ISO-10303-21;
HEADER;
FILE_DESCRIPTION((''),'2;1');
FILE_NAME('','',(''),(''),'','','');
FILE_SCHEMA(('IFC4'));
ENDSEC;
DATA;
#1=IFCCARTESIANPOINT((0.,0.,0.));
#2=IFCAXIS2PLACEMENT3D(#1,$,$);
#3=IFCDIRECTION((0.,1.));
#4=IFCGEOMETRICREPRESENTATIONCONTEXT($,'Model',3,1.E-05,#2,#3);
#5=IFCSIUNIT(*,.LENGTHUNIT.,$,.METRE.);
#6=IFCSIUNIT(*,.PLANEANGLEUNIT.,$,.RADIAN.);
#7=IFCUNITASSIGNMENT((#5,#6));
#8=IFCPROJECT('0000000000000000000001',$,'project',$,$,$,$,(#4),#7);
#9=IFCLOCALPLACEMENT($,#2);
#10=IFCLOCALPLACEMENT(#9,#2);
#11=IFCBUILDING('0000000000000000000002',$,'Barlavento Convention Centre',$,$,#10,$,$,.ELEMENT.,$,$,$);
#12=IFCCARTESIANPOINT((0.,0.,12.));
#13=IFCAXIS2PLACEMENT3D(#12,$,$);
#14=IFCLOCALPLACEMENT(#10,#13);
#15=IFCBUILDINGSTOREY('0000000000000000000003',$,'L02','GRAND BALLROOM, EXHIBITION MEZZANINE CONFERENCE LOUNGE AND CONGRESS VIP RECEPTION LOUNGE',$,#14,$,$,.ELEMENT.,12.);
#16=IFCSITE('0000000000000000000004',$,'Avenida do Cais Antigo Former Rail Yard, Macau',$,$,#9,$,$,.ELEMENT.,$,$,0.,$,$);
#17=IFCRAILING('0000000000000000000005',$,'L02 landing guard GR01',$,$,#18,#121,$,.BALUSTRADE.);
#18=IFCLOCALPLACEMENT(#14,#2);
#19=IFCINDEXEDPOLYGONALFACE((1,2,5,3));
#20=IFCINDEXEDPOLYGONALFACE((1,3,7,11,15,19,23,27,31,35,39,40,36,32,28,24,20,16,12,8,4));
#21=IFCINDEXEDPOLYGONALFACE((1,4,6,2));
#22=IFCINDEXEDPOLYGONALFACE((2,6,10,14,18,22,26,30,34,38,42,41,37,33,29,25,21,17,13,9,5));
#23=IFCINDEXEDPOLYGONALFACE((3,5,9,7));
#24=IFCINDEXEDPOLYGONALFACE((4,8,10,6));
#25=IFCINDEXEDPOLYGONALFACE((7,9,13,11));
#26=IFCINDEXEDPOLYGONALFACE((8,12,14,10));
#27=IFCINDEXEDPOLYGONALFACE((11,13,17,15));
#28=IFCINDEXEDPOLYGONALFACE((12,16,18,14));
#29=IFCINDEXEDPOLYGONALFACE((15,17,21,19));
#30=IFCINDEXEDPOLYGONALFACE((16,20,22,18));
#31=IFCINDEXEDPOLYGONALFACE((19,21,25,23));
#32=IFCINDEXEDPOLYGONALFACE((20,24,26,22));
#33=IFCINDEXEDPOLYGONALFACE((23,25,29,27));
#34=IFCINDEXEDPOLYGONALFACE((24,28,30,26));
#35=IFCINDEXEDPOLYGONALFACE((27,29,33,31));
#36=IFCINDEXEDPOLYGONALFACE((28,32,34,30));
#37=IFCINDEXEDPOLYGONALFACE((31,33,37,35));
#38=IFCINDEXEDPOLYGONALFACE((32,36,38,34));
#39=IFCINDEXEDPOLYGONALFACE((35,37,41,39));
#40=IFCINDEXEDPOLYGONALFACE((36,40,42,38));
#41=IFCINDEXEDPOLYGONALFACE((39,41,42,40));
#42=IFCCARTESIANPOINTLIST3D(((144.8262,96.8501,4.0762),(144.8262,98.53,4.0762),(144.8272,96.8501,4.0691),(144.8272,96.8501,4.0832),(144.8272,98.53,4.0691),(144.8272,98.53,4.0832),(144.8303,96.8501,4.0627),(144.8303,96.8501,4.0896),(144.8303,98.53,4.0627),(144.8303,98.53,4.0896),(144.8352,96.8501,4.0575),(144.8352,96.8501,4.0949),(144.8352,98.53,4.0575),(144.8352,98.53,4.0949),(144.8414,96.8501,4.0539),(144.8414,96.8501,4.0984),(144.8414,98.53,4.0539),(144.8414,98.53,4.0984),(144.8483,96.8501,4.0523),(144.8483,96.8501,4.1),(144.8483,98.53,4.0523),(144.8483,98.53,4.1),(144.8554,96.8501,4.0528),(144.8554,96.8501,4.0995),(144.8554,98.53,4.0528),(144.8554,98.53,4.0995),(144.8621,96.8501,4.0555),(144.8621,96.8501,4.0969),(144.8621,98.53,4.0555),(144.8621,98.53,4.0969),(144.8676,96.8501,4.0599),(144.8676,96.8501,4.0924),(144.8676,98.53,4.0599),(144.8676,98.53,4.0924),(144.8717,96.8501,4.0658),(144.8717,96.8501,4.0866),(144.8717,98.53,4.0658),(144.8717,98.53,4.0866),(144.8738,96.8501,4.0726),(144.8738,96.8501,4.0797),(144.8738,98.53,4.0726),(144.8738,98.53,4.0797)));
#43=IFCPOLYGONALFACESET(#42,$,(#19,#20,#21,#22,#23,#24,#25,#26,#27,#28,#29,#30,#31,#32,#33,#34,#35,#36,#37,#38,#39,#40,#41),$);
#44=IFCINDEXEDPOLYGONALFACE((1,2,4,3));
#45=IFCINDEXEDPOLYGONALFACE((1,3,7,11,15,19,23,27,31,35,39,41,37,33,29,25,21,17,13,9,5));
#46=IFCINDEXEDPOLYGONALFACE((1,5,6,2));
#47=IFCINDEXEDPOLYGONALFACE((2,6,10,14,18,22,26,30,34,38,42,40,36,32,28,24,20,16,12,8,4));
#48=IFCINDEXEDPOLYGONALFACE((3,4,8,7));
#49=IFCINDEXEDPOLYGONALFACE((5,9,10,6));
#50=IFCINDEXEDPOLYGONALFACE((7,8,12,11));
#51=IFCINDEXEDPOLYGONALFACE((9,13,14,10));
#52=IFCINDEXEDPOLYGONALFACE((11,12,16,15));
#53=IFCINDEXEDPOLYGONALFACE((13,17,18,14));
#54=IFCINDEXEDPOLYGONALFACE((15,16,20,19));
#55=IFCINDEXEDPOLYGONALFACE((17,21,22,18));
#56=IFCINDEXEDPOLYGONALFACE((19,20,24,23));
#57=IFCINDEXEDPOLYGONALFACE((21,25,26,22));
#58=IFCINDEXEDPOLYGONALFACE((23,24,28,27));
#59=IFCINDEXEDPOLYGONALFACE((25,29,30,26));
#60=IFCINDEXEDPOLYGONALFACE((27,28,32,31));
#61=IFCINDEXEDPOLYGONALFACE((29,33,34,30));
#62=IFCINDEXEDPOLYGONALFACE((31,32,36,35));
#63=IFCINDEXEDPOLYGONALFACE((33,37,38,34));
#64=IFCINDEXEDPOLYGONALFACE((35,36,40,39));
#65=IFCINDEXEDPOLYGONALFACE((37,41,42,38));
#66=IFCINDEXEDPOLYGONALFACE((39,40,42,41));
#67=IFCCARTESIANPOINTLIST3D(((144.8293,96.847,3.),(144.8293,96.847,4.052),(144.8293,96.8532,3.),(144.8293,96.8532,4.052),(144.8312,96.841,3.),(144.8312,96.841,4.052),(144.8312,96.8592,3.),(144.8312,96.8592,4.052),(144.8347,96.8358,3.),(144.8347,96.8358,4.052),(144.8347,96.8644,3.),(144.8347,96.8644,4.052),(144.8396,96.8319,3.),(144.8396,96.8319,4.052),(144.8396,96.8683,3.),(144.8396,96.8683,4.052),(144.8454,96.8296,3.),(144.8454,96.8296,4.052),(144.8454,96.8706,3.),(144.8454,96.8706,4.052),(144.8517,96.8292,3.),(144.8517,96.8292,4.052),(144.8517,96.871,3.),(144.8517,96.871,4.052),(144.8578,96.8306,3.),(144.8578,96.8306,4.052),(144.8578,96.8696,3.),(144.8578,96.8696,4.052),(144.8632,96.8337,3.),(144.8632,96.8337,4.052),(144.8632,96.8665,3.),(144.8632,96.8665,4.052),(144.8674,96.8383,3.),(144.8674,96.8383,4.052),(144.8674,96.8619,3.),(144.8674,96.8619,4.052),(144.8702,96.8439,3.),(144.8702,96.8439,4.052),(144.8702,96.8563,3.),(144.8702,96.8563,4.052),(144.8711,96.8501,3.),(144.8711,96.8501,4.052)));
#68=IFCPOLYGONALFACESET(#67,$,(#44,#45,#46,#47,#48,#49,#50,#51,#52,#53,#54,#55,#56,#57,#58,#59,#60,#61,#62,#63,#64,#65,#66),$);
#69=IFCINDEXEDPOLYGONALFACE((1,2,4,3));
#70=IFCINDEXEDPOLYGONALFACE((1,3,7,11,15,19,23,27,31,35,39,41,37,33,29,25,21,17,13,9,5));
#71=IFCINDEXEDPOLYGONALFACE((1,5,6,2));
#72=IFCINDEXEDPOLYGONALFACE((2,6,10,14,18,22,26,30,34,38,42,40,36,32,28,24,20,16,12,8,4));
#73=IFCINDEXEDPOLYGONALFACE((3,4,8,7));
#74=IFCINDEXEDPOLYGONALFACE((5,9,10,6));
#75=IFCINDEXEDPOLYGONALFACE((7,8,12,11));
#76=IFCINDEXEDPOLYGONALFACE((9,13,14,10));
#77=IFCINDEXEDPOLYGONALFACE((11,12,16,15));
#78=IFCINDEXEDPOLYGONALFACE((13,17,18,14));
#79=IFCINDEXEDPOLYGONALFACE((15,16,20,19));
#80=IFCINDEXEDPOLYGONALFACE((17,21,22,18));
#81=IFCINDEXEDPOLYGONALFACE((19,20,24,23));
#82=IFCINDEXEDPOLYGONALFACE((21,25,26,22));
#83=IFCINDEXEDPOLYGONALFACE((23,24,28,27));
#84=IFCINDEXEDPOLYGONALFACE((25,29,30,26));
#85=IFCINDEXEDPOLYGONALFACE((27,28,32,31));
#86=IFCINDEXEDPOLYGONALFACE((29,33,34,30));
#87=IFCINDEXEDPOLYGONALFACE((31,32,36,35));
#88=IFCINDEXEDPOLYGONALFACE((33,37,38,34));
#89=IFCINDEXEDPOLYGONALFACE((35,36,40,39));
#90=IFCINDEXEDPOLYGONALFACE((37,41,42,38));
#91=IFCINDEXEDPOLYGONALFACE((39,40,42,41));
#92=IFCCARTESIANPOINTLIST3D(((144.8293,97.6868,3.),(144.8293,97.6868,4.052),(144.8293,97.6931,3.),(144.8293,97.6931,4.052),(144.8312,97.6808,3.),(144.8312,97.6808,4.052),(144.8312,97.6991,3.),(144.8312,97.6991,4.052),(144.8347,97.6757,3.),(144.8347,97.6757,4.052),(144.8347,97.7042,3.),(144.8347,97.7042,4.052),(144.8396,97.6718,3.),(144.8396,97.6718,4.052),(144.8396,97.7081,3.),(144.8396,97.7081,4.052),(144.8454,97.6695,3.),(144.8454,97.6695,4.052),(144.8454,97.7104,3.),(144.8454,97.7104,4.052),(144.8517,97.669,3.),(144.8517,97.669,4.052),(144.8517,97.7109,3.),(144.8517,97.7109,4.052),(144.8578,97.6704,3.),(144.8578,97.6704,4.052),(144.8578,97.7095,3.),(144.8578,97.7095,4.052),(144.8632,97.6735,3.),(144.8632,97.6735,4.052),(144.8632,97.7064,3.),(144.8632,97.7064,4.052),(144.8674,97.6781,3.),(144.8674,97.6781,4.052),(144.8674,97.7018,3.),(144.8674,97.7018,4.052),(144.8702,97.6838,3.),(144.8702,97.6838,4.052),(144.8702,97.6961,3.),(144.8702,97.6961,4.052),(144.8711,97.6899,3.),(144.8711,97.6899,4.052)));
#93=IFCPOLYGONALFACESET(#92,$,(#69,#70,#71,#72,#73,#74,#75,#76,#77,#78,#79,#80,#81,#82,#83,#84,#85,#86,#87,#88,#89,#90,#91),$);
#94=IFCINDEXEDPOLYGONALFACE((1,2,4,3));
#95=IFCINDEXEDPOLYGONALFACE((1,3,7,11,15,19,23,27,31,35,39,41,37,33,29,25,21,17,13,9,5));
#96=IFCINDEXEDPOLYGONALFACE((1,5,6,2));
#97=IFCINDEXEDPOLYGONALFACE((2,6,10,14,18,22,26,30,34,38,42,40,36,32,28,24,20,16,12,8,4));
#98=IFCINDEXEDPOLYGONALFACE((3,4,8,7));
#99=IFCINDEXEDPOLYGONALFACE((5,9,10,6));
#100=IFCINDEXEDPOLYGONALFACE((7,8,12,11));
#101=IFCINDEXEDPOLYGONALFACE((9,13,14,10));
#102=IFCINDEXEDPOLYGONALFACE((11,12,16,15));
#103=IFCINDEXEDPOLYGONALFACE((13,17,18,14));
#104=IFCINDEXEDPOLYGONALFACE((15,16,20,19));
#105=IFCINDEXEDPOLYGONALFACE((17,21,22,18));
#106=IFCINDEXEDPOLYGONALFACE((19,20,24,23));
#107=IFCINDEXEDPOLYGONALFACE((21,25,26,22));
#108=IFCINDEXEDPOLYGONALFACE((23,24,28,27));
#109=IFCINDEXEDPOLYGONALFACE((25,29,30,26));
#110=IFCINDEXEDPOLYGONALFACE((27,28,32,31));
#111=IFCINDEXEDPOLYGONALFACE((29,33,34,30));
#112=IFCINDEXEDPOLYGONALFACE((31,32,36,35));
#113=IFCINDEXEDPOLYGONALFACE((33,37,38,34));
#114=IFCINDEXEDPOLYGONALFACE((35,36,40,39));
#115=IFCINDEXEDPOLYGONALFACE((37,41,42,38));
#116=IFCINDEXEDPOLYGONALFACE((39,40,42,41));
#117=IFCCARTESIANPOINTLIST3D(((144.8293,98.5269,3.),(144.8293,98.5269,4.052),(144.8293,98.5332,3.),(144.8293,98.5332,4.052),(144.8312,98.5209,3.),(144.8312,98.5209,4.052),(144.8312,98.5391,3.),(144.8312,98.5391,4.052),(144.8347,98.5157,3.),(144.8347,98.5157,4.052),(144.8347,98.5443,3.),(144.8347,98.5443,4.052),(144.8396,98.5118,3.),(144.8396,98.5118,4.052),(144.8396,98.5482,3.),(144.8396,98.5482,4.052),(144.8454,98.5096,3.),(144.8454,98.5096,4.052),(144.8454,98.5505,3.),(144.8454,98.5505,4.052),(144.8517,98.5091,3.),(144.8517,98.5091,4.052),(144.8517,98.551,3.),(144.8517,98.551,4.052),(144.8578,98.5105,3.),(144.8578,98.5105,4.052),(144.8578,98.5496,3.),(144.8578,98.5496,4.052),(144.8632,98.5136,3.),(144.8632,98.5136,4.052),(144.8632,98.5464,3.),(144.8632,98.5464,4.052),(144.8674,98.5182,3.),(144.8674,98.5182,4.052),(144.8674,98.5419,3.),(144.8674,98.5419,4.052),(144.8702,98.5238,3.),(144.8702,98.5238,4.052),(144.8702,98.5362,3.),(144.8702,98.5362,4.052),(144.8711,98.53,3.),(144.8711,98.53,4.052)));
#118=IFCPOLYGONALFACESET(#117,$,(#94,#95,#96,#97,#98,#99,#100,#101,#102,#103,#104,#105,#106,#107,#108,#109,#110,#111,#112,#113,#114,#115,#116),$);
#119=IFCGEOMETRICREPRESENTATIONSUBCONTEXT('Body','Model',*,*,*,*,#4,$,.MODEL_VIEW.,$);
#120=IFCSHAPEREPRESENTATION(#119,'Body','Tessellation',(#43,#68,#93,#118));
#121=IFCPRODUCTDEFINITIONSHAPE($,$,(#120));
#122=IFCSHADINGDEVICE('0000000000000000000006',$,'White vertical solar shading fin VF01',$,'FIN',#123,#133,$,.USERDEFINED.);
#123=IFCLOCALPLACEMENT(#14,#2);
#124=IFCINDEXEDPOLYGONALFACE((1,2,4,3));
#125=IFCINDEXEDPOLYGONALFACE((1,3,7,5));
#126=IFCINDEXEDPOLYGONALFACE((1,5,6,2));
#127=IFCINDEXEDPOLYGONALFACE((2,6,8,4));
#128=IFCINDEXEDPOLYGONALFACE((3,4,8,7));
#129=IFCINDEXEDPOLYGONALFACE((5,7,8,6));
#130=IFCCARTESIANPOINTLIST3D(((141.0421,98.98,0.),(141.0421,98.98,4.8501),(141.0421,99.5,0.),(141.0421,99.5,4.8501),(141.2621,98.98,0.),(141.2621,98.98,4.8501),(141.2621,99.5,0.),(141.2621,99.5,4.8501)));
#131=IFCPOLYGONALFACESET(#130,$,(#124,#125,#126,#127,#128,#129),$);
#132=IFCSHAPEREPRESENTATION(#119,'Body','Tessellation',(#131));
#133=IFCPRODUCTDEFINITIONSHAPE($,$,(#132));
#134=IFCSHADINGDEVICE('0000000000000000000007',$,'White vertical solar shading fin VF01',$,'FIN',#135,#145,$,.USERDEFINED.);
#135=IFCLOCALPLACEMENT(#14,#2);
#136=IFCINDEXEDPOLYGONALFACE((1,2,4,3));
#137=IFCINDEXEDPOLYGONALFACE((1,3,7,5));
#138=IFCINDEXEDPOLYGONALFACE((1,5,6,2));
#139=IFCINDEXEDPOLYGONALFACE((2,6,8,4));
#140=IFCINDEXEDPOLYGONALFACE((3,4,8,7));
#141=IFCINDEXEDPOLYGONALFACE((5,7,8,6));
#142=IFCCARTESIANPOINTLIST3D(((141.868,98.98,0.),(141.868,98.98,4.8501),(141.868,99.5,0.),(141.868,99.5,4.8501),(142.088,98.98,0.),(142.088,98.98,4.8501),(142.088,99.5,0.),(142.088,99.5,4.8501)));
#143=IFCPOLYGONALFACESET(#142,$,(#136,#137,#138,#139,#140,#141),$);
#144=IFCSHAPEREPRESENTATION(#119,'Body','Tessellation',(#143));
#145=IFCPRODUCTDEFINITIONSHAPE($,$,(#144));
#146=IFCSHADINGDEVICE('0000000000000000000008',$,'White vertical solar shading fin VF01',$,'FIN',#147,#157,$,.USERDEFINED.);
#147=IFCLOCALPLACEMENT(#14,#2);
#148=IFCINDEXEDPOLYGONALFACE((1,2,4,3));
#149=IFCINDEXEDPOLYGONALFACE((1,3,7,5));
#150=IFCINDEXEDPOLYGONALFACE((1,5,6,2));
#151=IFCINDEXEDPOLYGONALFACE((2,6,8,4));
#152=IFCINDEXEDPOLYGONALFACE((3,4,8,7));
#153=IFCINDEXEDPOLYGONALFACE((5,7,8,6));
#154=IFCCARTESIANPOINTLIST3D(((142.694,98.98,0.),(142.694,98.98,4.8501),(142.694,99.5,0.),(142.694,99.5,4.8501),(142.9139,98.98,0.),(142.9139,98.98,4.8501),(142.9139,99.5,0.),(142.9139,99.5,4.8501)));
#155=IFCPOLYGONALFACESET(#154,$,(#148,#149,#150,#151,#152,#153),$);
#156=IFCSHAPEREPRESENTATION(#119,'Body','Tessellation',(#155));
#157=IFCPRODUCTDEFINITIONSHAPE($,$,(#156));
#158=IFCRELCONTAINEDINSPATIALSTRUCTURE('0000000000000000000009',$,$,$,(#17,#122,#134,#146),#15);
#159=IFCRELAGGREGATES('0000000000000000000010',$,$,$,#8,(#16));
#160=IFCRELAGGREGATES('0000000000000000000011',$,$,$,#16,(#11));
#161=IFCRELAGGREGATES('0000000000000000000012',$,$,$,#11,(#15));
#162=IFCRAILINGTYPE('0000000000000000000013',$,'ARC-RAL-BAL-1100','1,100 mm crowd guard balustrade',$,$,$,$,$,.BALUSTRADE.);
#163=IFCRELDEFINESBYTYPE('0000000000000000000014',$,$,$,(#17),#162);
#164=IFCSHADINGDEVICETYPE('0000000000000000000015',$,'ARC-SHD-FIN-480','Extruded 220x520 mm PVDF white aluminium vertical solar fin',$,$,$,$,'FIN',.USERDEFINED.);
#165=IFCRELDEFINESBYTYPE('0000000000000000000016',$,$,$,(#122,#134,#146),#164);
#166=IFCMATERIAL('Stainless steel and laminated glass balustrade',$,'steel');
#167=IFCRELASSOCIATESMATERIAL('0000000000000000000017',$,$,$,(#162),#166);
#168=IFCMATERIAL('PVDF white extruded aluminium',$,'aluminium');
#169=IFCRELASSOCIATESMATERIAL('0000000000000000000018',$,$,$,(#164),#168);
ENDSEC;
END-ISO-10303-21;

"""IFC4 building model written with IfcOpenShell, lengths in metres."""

from ifc_helpers import new_model, si_unit, direction, frame, origin, origin_2d, place, context, subcontext, project, spatial, rectangle, circle, extrude, material, type_object, element, save


model = new_model("IFC4")

# Units and contexts
model_context = context("Model", 3, precision=1e-05, world=origin(), true_north=direction((0.0, 1.0)))
body_context = subcontext(model_context, "Body", "Model", "MODEL_VIEW")
ifc_project = project(units=[si_unit("LENGTHUNIT", "METRE"), si_unit("PLANEANGLEUNIT", "RADIAN")], contexts=[model_context])

# Site, building, storey
site_placement = place(None, origin())
site = spatial("IfcSite", under=ifc_project, at=site_placement, Name="Avenida do Cais Antigo Former Rail Yard, Macau", CompositionType="ELEMENT", RefElevation=0.0)
building_placement = place(site_placement, origin())
building = spatial("IfcBuilding", under=site, at=building_placement, Name="Barlavento Convention Centre", CompositionType="ELEMENT")
storey_placement = place(building_placement, frame((0.0, 0.0, 12.0)))
storey = spatial("IfcBuildingStorey", under=building, at=storey_placement, Name="L02", Description="GRAND BALLROOM, EXHIBITION MEZZANINE CONFERENCE LOUNGE AND CONGRESS VIP RECEPTION LOUNGE", CompositionType="ELEMENT", Elevation=12.0)

# Railing
ifc_material_1 = material(Name="Stainless steel and laminated glass balustrade", Category="steel")
railing_type = type_object("IfcRailingType", Name="ARC-RAL-BAL-1100", Description="1,100 mm crowd guard balustrade", PredefinedType="BALUSTRADE", material=ifc_material_1)
railing_placement = place(storey_placement, frame((144.8501, 96.8501, 3.0)))
element("IfcRailing", 1, at=railing_placement, inside=storey, type_object=railing_type, Name="L02 landing guard GR01", PredefinedType="BALUSTRADE", context=body_context, shape_type="SweptSolid", body=[
    extrude(circle(Radius=0.0239, at=origin_2d()), frame((0.0, 0.0, 1.0762), z_axis=(0.0, 1.0, 0.0), x_axis=(-1.0, 0.0, 0.0)), (0.0, 0.0, 1.0), 1.6799),
    extrude(circle(Radius=0.021, at=origin_2d()), origin(), (0.0, 0.0, 1.0), 1.052),
    extrude(circle(Radius=0.021, at=origin_2d()), frame((0.0, 0.8398, 0.0)), (0.0, 0.0, 1.0), 1.052),
    extrude(circle(Radius=0.021, at=origin_2d()), frame((0.0, 1.6799, 0.0)), (0.0, 0.0, 1.0), 1.052),
])

# Shading devices
ifc_material_2 = material(Name="PVDF white extruded aluminium", Category="aluminium")
shading_device_type = type_object("IfcShadingDeviceType", Name="ARC-SHD-FIN-480", Description="Extruded 220x520 mm PVDF white aluminium vertical solar fin", ElementType="FIN", PredefinedType="USERDEFINED", material=ifc_material_2)
for number, where, z_axis, x_axis, name in (
    (2, (141.1521, 99.24, 0.0), (0.0, 0.0, 1.0), (1.0, 0.0, 0.0), "White vertical solar shading fin VF01"),
    (3, (141.978, 99.24, 0.0), (0.0, 0.0, 1.0), (1.0, 0.0, 0.0), "White vertical solar shading fin VF01"),
    (4, (142.804, 99.24, 0.0), (0.0, 0.0, 1.0), (1.0, 0.0, 0.0), "White vertical solar shading fin VF01"),
):
    element("IfcShadingDevice", number, at=place(storey_placement, frame(where, z_axis=z_axis, x_axis=x_axis)), inside=storey, type_object=shading_device_type, Name=name, ObjectType="FIN", PredefinedType="USERDEFINED", context=body_context, shape_type="SweptSolid", body=[
        extrude(rectangle(XDim=0.22, YDim=0.52, at=origin_2d()), origin(), (0.0, 0.0, 1.0), 4.8501),
    ])

save(model, "model.ifc")
